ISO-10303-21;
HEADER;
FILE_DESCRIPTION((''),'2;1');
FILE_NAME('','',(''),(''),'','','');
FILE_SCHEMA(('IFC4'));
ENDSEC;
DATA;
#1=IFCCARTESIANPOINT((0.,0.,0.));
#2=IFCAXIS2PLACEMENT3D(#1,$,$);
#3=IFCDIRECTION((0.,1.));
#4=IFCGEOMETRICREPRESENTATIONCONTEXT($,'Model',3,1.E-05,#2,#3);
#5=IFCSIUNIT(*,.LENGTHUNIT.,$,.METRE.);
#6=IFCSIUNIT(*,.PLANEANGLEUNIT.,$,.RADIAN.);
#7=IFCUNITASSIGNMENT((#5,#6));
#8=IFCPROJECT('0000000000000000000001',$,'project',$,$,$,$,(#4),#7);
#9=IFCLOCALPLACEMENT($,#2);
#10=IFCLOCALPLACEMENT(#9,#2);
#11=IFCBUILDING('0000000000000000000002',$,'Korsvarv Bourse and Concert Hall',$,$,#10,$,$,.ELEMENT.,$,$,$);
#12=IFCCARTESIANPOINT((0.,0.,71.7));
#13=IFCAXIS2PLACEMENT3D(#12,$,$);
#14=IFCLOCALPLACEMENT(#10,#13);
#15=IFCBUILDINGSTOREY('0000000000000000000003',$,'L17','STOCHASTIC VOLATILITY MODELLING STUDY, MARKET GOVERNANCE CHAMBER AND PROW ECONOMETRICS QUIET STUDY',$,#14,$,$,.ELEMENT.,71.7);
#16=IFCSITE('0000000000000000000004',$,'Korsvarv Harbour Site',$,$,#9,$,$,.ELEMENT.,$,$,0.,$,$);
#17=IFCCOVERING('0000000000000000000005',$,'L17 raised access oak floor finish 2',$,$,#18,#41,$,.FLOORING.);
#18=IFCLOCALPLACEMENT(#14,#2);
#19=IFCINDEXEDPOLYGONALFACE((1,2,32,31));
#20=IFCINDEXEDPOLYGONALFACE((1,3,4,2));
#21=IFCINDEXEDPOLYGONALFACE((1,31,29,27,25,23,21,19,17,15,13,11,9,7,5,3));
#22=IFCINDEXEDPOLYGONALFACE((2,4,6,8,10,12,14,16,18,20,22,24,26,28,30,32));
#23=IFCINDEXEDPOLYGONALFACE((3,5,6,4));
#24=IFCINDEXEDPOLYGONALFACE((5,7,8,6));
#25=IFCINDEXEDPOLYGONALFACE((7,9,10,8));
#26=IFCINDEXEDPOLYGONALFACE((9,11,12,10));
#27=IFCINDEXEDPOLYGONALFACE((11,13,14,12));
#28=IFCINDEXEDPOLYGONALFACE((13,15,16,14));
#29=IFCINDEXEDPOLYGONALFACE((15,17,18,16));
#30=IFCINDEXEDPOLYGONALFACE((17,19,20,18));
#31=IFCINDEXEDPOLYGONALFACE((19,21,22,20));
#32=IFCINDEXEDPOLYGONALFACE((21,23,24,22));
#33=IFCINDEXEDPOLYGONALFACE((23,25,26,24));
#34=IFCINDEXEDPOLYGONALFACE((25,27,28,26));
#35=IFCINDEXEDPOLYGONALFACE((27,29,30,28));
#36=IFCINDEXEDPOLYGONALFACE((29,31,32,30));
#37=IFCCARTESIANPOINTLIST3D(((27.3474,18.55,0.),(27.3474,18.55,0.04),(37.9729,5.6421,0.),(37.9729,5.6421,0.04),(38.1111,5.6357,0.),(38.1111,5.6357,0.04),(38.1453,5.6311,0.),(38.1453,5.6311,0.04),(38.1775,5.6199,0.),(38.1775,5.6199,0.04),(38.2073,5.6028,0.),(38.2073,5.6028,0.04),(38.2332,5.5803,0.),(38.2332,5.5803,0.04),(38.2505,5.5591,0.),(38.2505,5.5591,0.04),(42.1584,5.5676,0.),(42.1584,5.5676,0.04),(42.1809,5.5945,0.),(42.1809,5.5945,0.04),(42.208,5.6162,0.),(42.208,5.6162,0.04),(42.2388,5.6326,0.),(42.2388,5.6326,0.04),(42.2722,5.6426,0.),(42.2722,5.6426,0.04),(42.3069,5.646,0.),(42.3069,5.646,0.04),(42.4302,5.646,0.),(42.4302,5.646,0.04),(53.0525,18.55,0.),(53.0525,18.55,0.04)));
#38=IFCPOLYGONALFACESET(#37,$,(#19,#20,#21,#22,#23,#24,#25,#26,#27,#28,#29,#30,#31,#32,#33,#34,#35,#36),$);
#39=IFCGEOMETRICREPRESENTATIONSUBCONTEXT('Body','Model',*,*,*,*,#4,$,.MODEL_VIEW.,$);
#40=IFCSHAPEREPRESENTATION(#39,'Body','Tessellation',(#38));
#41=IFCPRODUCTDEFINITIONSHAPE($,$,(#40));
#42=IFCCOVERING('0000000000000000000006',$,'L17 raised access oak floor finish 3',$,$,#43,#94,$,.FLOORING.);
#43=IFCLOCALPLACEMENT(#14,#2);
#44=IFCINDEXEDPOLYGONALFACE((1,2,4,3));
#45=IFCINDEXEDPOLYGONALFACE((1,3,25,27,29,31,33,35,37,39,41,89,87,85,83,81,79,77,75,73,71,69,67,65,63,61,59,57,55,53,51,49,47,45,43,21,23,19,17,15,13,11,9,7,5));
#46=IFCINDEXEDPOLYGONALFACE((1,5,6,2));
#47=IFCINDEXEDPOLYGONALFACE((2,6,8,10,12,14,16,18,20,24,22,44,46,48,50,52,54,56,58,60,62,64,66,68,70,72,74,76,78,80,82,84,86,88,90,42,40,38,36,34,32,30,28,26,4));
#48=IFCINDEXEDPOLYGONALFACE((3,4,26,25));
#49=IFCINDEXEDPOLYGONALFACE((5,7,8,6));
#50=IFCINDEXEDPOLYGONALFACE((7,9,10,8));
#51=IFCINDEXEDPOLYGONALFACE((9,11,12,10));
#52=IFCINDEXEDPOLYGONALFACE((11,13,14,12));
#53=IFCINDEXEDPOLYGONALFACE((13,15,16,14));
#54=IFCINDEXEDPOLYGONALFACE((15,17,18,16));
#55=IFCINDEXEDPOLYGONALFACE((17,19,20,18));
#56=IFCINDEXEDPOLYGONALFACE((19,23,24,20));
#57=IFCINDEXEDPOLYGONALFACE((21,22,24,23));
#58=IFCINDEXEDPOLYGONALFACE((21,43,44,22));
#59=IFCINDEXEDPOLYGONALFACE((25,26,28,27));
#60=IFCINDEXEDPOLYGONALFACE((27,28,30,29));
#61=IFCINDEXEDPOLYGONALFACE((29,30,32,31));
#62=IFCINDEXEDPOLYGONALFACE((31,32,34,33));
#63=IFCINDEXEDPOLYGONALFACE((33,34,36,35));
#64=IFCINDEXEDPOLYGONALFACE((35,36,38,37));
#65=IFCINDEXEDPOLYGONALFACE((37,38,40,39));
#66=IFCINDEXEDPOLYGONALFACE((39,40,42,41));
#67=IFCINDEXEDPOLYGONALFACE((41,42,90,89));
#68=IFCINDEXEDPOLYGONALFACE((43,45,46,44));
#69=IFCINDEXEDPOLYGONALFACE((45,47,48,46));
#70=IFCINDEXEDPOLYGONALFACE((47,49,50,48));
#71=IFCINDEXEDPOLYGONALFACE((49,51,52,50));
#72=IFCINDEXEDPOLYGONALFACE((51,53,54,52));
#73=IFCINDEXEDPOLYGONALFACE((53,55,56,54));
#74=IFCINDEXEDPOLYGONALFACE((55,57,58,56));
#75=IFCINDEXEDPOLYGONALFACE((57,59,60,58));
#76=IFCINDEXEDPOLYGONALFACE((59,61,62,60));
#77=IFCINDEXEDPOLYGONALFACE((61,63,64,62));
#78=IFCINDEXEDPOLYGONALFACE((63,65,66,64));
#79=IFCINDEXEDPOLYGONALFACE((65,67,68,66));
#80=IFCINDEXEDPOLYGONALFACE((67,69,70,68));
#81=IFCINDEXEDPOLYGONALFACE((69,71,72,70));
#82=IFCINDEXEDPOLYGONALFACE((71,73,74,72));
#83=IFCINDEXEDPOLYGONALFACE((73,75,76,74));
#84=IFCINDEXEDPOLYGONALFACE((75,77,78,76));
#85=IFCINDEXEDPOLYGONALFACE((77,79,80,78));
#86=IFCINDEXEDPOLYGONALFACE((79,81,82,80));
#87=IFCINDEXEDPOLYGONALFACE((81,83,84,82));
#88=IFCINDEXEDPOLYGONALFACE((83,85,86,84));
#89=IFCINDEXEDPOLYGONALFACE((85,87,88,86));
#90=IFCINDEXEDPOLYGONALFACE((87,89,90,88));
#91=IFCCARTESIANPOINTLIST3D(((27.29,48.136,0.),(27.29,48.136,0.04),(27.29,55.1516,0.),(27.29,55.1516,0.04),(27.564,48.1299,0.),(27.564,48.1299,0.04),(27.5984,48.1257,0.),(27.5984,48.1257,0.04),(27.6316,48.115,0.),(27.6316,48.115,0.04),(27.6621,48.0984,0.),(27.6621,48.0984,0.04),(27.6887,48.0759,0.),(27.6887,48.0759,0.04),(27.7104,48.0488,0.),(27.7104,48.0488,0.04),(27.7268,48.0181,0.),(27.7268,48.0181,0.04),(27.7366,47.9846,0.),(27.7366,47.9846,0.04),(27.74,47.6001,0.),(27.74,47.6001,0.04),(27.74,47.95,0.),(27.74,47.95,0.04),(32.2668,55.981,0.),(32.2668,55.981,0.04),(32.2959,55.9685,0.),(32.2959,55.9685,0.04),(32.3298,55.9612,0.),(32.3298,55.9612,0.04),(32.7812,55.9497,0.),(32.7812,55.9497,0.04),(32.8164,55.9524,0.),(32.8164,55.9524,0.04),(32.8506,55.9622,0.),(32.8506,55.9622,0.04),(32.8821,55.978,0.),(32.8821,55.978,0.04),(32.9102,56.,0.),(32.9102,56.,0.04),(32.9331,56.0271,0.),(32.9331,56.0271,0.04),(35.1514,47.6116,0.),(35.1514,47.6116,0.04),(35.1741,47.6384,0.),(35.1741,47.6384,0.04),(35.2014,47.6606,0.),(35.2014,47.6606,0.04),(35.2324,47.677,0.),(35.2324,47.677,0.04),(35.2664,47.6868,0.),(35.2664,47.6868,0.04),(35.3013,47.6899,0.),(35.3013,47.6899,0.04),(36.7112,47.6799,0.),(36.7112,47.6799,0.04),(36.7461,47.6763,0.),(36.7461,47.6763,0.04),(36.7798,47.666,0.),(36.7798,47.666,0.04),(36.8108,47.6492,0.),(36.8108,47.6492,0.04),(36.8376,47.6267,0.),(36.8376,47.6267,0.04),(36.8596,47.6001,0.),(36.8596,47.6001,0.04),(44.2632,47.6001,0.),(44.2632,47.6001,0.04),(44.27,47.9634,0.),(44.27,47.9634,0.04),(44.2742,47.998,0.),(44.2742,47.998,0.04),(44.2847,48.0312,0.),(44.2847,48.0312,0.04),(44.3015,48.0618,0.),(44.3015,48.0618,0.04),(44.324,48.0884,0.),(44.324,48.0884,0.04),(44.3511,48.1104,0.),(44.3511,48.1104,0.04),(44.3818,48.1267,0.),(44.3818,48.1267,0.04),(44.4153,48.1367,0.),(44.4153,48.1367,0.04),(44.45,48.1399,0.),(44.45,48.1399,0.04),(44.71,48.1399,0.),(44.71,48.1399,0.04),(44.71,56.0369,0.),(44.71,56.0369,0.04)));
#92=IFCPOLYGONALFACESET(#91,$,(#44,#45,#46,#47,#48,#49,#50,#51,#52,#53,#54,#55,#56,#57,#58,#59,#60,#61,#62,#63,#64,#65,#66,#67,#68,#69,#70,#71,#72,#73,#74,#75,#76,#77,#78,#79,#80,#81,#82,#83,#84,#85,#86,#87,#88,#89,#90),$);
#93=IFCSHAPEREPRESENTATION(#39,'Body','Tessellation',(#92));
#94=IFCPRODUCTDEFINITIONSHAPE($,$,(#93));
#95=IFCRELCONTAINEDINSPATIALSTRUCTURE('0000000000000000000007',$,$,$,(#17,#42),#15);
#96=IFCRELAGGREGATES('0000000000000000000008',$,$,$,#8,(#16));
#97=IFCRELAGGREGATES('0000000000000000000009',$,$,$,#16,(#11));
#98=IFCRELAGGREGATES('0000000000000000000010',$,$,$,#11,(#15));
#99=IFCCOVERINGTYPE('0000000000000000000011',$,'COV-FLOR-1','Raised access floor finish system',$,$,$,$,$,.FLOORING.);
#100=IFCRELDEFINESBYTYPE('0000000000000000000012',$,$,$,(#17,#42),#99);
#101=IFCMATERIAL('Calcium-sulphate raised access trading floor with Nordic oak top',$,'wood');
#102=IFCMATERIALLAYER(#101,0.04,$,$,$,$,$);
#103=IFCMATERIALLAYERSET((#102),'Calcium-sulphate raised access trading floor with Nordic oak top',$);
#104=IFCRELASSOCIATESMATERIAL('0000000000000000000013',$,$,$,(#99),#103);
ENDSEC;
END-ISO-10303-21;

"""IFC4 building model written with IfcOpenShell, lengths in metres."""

from ifc_helpers import new_model, si_unit, direction, frame, origin, place, context, subcontext, project, spatial, polyline, outline, extrude, material, layer, layer_set, type_object, element, save


model = new_model("IFC4")

# Units and contexts
model_context = context("Model", 3, precision=1e-05, world=origin(), true_north=direction((0.0, 1.0)))
body_context = subcontext(model_context, "Body", "Model", "MODEL_VIEW")
ifc_project = project(units=[si_unit("LENGTHUNIT", "METRE"), si_unit("PLANEANGLEUNIT", "RADIAN")], contexts=[model_context])

# Site, building, storey
site_placement = place(None, origin())
site = spatial("IfcSite", under=ifc_project, at=site_placement, Name="Korsvarv Harbour Site", CompositionType="ELEMENT", RefElevation=0.0)
building_placement = place(site_placement, origin())
building = spatial("IfcBuilding", under=site, at=building_placement, Name="Korsvarv Bourse and Concert Hall", CompositionType="ELEMENT")
storey_placement = place(building_placement, frame((0.0, 0.0, 71.7)))
storey = spatial("IfcBuildingStorey", under=building, at=storey_placement, Name="L17", Description="STOCHASTIC VOLATILITY MODELLING STUDY, MARKET GOVERNANCE CHAMBER AND PROW ECONOMETRICS QUIET STUDY", CompositionType="ELEMENT", Elevation=71.7)

# Coverings
ifc_material_1 = material(Name="Calcium-sulphate raised access trading floor with Nordic oak top", Category="wood")
ifc_layer_1 = layer(ifc_material_1, 0.04)
ifc_layer_set_1 = layer_set([ifc_layer_1], Name="Calcium-sulphate raised access trading floor with Nordic oak top")
covering_type_1 = type_object("IfcCoveringType", Name="COV-FLOR-1", Description="Raised access floor finish system", PredefinedType="FLOORING", material=ifc_layer_set_1)
covering_1_placement = place(storey_placement, origin())
element("IfcCovering", 1, at=covering_1_placement, inside=storey, type_object=covering_type_1, Name="L17 raised access oak floor finish 2", PredefinedType="FLOORING", context=body_context, shape_type="SweptSolid", body=[
    extrude(outline(polyline([(53.0525, 18.55), (42.4302, 5.646), (42.3069, 5.646), (42.2722, 5.6426), (42.2388, 5.6326), (42.208, 5.6162), (42.1809, 5.5945), (42.1584, 5.5676), (38.2505, 5.5591), (38.2332, 5.5803), (38.2073, 5.6028), (38.1775, 5.6199), (38.1453, 5.6311), (38.1111, 5.6357), (37.9729, 5.6421), (27.3474, 18.55), (53.0525, 18.55)])), origin(), (0.0, 0.0, 1.0), 0.04),
])
covering_2_placement = place(storey_placement, origin())
element("IfcCovering", 2, at=covering_2_placement, inside=storey, type_object=covering_type_1, Name="L17 raised access oak floor finish 3", PredefinedType="FLOORING", context=body_context, shape_type="SweptSolid", body=[
    extrude(outline(polyline([(32.2668, 55.981), (32.2959, 55.9685), (32.3298, 55.9612), (32.7812, 55.9497), (32.8164, 55.9524), (32.8506, 55.9622), (32.8821, 55.978), (32.9102, 56.0), (32.9331, 56.0271), (44.71, 56.0369), (44.71, 48.1399), (44.45, 48.1399), (44.4153, 48.1367), (44.3818, 48.1267), (44.3511, 48.1104), (44.324, 48.0884), (44.3015, 48.0618), (44.2847, 48.0312), (44.2742, 47.998), (44.27, 47.9634), (44.2632, 47.6001), (36.8596, 47.6001), (36.8376, 47.6267), (36.8108, 47.6492), (36.7798, 47.666), (36.7461, 47.6763), (36.7112, 47.6799), (35.3013, 47.6899), (35.2664, 47.6868), (35.2324, 47.677), (35.2014, 47.6606), (35.1741, 47.6384), (35.1514, 47.6116), (27.74, 47.6001), (27.74, 47.95), (27.7366, 47.9846), (27.7268, 48.0181), (27.7104, 48.0488), (27.6887, 48.0759), (27.6621, 48.0984), (27.6316, 48.115), (27.5984, 48.1257), (27.564, 48.1299), (27.29, 48.136), (27.29, 55.1516), (32.2668, 55.981)])), origin(), (0.0, 0.0, 1.0), 0.04),
])

save(model, "model.ifc")
